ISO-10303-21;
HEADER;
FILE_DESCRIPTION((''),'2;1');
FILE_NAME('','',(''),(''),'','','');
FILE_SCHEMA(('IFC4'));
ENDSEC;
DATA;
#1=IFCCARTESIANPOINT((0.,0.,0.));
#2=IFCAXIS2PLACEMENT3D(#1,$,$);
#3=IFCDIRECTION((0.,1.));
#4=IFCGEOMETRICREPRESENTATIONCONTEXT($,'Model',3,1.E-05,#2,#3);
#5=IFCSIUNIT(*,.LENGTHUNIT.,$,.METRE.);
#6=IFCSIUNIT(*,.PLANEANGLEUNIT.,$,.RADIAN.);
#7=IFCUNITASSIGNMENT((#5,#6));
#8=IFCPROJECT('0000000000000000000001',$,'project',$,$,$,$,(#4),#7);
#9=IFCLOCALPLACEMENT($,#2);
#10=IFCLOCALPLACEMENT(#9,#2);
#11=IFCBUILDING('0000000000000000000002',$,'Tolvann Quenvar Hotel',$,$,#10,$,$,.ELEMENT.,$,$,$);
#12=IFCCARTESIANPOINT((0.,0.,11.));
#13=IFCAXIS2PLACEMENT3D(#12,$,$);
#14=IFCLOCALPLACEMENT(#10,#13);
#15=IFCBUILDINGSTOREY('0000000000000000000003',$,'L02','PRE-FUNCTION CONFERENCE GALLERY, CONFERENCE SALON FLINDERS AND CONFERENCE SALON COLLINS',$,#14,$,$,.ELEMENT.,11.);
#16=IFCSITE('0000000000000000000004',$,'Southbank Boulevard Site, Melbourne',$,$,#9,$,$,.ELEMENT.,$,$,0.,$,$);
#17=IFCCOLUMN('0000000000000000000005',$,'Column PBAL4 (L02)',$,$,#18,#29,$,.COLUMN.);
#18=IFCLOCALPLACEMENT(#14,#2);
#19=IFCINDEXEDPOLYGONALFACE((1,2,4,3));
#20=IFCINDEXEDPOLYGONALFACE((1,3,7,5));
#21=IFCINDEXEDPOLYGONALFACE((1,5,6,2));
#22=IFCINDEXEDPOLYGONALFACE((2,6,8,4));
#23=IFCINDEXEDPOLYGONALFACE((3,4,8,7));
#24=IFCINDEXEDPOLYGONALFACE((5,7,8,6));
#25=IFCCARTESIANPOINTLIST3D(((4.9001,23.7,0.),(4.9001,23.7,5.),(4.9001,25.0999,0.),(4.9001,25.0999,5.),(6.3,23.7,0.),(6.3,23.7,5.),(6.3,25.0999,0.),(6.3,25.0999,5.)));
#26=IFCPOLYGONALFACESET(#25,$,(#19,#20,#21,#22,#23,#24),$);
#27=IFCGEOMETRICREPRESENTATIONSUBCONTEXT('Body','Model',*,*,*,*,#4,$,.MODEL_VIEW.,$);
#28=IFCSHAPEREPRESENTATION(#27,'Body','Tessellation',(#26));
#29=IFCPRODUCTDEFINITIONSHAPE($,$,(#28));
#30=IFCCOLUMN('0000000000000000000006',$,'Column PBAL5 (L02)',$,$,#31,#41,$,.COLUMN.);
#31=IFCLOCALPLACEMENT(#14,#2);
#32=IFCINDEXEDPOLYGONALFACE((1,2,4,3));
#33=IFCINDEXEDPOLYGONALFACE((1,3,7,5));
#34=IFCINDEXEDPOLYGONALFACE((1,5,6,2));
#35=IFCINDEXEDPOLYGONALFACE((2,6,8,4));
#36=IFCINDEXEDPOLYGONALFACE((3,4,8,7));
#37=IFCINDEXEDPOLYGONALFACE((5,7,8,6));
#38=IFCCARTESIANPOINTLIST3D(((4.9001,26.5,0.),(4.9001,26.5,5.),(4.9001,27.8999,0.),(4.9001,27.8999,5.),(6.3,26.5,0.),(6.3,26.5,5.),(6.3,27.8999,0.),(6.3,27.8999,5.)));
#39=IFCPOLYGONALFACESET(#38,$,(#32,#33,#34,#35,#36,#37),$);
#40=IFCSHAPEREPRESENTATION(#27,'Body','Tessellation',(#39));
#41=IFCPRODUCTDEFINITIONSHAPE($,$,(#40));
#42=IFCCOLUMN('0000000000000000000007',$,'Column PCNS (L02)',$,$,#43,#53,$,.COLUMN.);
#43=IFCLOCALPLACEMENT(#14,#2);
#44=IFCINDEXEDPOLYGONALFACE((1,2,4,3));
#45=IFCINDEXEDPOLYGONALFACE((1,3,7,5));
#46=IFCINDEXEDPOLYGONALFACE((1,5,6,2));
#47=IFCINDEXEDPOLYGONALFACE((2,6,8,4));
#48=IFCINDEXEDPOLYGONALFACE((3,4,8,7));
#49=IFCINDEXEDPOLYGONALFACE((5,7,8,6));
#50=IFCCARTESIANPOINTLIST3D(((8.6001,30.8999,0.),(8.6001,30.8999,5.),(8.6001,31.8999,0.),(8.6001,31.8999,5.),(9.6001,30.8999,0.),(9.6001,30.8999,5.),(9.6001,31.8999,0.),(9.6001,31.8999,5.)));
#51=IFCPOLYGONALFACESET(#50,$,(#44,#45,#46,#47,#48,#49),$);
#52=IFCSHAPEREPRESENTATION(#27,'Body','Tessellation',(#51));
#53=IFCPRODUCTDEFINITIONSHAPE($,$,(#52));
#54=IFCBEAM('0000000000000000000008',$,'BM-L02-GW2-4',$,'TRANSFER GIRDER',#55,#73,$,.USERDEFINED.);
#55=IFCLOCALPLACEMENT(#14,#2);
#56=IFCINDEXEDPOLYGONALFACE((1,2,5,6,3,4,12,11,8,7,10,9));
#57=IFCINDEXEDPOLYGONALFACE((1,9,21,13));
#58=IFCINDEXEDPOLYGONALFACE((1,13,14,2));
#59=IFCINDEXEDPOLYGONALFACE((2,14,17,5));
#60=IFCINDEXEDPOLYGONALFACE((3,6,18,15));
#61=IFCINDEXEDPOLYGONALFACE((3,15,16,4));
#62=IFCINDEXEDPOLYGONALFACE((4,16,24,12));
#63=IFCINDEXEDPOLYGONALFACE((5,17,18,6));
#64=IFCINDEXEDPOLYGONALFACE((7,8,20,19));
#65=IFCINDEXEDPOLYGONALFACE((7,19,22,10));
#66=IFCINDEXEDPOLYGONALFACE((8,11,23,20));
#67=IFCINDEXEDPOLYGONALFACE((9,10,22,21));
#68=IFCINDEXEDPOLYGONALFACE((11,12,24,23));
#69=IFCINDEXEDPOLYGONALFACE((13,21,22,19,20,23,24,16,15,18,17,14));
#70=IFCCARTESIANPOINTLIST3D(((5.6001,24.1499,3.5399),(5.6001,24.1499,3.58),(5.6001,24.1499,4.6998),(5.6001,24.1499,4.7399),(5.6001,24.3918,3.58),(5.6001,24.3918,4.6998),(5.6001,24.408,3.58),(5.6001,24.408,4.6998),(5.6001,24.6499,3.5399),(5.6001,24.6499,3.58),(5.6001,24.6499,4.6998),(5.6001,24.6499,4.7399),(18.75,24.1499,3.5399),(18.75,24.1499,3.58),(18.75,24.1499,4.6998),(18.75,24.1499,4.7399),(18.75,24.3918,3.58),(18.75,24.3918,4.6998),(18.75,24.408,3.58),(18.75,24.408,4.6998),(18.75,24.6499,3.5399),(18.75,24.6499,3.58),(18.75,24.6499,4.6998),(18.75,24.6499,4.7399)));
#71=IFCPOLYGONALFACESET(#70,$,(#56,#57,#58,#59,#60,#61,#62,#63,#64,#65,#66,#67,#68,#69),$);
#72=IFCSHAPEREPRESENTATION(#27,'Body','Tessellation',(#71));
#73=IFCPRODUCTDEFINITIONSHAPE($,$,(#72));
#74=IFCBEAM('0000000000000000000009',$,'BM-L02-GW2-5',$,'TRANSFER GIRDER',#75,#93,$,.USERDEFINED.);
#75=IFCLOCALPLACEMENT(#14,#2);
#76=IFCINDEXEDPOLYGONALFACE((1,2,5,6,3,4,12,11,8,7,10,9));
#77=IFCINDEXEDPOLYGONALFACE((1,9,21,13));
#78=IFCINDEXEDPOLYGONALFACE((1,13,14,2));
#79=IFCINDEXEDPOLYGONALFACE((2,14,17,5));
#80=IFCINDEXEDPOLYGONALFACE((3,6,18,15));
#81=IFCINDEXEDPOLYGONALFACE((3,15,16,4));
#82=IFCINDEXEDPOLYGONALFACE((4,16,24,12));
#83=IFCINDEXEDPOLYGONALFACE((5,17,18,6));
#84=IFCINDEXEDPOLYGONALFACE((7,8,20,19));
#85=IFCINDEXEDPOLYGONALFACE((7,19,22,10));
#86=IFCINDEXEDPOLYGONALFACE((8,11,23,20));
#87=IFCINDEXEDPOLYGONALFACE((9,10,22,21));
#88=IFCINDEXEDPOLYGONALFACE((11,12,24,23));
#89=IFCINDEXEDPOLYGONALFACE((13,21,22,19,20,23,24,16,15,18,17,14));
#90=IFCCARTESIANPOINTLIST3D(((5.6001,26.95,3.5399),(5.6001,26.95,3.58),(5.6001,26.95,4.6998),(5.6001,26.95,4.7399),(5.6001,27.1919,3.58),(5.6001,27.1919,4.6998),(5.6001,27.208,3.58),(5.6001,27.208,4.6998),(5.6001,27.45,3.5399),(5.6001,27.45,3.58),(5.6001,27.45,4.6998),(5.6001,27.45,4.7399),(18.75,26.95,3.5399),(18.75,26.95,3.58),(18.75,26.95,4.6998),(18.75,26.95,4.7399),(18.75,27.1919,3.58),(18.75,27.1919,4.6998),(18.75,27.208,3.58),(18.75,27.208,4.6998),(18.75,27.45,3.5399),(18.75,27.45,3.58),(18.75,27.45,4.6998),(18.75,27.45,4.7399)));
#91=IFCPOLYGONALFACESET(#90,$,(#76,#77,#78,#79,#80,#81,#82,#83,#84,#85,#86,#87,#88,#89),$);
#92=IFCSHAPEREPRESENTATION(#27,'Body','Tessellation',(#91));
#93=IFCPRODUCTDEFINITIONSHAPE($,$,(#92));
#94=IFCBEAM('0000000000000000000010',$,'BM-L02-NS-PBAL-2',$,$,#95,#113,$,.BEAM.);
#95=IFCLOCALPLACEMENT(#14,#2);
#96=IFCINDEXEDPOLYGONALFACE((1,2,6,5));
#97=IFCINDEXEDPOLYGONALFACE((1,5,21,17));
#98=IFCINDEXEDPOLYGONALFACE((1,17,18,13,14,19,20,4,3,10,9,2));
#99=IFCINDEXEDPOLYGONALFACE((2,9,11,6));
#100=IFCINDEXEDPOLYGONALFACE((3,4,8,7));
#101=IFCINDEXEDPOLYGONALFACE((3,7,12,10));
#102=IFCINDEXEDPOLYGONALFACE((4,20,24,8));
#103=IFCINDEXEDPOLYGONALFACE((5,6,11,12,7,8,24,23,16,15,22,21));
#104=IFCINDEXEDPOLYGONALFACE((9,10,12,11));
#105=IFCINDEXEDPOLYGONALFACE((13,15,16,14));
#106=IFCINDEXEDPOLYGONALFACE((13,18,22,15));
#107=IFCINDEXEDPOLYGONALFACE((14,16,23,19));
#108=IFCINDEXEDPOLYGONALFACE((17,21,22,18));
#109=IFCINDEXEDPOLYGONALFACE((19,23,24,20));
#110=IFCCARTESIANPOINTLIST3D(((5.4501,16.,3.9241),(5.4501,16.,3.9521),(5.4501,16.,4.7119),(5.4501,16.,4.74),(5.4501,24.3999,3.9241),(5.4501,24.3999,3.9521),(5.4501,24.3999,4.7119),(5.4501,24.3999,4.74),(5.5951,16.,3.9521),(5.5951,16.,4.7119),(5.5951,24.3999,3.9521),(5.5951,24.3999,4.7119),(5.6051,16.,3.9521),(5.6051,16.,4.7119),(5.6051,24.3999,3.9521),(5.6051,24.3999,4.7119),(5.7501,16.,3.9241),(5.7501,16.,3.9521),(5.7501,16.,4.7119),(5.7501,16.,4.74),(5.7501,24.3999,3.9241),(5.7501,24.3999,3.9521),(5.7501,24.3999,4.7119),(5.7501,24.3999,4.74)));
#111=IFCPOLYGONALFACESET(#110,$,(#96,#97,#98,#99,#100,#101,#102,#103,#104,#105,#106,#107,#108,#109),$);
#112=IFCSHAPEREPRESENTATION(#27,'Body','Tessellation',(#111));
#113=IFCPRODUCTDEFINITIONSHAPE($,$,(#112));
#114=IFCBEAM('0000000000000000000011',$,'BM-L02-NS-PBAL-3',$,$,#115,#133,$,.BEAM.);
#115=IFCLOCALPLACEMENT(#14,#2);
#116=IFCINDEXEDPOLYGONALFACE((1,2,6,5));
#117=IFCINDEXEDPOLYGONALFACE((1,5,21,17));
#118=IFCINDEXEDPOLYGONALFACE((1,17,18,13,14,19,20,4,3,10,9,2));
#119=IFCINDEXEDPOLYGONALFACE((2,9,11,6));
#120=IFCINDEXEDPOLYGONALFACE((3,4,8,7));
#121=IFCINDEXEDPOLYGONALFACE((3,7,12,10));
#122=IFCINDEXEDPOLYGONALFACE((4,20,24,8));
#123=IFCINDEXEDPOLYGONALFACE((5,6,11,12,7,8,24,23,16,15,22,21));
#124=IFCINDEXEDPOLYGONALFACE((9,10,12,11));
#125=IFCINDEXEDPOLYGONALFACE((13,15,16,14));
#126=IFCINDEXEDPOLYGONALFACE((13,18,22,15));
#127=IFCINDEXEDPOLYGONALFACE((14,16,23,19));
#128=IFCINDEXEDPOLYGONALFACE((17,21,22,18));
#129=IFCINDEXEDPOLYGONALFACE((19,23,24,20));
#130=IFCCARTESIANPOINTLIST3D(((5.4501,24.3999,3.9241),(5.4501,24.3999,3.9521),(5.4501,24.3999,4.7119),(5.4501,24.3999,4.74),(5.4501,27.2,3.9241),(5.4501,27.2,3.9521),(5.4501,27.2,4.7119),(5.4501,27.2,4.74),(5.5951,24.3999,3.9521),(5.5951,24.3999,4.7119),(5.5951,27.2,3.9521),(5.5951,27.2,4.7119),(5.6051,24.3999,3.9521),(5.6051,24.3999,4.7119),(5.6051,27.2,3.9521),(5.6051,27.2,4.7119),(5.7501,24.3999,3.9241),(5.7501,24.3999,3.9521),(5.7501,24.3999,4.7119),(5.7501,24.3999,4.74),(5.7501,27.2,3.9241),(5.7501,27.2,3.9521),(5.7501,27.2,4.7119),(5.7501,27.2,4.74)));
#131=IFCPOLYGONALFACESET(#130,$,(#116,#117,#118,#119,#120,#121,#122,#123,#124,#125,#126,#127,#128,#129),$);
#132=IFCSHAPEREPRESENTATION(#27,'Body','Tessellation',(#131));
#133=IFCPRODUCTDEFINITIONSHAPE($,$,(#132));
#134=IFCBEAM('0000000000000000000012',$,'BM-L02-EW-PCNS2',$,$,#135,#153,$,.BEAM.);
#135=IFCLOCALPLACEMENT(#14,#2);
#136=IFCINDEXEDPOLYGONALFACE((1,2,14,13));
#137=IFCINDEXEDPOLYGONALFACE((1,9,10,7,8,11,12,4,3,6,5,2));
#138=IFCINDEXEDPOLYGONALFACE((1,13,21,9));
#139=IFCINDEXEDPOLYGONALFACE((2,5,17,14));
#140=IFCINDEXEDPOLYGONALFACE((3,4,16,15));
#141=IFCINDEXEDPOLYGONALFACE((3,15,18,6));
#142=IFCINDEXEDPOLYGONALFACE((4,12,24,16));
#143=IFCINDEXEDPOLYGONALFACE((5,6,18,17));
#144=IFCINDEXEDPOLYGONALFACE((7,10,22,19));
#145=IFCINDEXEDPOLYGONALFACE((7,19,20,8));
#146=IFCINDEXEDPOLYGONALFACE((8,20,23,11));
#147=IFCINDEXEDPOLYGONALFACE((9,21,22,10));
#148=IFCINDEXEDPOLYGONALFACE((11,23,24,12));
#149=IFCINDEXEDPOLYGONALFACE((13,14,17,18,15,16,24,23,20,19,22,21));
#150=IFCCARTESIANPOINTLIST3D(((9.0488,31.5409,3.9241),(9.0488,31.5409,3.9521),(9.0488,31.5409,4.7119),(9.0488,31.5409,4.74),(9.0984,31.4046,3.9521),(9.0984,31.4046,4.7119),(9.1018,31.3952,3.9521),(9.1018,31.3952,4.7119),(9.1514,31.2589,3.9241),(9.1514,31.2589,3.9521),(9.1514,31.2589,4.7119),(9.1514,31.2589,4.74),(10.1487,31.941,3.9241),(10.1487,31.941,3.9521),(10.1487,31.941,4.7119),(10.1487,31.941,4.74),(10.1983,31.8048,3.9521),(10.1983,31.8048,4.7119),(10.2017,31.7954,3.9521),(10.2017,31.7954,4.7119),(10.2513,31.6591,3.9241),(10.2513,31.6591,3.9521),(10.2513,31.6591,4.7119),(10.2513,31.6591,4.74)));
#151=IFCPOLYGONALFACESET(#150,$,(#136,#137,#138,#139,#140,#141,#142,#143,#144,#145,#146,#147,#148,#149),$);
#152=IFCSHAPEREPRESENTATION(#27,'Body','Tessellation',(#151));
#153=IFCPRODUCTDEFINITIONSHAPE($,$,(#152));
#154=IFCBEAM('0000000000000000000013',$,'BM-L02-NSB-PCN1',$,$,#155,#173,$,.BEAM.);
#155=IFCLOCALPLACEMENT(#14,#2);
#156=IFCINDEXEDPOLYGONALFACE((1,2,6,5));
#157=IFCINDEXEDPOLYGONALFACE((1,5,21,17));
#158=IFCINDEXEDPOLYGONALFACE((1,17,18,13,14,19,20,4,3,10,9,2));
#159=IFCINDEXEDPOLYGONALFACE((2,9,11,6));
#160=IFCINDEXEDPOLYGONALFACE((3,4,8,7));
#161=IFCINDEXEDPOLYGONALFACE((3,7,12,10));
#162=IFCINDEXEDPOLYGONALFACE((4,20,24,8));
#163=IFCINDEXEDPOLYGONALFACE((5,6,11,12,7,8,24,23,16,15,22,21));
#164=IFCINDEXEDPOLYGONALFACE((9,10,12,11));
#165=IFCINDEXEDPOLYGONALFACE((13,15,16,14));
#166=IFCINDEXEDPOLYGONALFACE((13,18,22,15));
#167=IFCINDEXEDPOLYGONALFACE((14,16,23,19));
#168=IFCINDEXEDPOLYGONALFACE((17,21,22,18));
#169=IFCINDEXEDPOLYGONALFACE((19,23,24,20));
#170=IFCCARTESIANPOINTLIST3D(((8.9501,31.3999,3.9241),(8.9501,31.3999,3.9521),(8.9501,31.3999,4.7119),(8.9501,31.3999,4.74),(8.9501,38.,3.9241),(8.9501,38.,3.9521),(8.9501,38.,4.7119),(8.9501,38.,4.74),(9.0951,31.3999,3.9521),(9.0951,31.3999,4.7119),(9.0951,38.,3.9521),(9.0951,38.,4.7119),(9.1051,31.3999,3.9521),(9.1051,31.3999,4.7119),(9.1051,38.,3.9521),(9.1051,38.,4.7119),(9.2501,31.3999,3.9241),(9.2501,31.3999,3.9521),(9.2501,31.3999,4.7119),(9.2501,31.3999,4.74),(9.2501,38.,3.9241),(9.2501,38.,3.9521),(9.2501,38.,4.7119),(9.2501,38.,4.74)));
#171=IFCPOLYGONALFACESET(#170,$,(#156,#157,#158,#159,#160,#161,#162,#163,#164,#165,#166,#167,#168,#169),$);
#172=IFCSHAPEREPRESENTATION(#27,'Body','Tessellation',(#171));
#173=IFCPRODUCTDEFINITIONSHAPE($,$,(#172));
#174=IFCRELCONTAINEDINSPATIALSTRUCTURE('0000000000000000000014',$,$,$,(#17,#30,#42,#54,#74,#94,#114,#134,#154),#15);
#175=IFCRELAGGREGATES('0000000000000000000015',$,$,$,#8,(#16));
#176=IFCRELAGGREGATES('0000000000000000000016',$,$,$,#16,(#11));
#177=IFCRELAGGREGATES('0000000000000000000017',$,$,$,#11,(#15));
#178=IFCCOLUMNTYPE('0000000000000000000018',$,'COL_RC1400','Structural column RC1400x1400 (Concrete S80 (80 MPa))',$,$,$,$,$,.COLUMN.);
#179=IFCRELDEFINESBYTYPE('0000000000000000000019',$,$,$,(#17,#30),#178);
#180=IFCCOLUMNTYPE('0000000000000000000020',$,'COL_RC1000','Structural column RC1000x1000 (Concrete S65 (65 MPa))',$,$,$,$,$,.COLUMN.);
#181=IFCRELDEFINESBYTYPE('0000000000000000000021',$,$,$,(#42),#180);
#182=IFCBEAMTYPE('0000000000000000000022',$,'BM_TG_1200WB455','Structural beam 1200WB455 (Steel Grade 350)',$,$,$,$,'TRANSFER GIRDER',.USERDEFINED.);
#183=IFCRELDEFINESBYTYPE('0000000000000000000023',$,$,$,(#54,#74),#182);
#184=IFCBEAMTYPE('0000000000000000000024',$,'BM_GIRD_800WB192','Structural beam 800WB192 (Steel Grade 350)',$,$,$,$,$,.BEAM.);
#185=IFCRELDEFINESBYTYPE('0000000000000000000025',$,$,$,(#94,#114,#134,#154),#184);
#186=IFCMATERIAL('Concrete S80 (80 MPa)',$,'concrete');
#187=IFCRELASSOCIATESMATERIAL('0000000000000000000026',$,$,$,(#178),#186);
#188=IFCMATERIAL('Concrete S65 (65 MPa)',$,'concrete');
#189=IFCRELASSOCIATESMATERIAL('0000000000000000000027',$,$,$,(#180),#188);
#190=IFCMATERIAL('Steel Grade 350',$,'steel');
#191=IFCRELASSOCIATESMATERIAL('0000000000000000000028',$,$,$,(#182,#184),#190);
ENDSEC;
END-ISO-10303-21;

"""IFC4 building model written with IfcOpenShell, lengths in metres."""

from ifc_helpers import new_model, si_unit, direction, frame, origin, origin_2d, place, context, subcontext, project, spatial, rectangle, i_section, extrude, source, transform, mapped, material, material_profile, profile_set, type_object, type_shapes, element, save


model = new_model("IFC4")

# Units and contexts
model_context = context("Model", 3, precision=1e-05, world=origin(), true_north=direction((0.0, 1.0)))
body_context = subcontext(model_context, "Body", "Model", "MODEL_VIEW")
ifc_project = project(units=[si_unit("LENGTHUNIT", "METRE"), si_unit("PLANEANGLEUNIT", "RADIAN")], contexts=[model_context])

# Site, building, storey
site_placement = place(None, origin())
site = spatial("IfcSite", under=ifc_project, at=site_placement, Name="Southbank Boulevard Site, Melbourne", CompositionType="ELEMENT", RefElevation=0.0)
building_placement = place(site_placement, origin())
building = spatial("IfcBuilding", under=site, at=building_placement, Name="Tolvann Quenvar Hotel", CompositionType="ELEMENT")
storey_placement = place(building_placement, frame((0.0, 0.0, 11.0)))
storey = spatial("IfcBuildingStorey", under=building, at=storey_placement, Name="L02", Description="PRE-FUNCTION CONFERENCE GALLERY, CONFERENCE SALON FLINDERS AND CONFERENCE SALON COLLINS", CompositionType="ELEMENT", Elevation=11.0)

# Columns
ifc_material_1 = material(Name="Concrete S80 (80 MPa)", Category="concrete")
ifc_material_profile_1 = material_profile(ifc_material_1, rectangle(XDim=1.3999, YDim=1.3999, at=origin_2d()), Name="RC1400x1400")
ifc_profile_set_1 = profile_set([ifc_material_profile_1], Name="Concrete S80 (80 MPa)")
column_type_1 = type_object("IfcColumnType", Name="COL_RC1400", Description="Structural column RC1400x1400 (Concrete S80 (80 MPa))", PredefinedType="COLUMN", material=ifc_profile_set_1)
shared_shape_1 = source(origin(), body_context, "Body", "SweptSolid", [
    extrude(rectangle(XDim=1.3999, YDim=1.3999, at=origin_2d()), origin(), (0.0, 0.0, 1.0), 5.0),
])
type_shapes(column_type_1, [shared_shape_1])
for number, where, z_axis, x_axis, name in (
    (1, (5.6001, 24.3999, 0.0), (0.0, 0.0, 1.0), (1.0, 0.0, 0.0), "Column PBAL4 (L02)"),
    (2, (5.6001, 27.2, 0.0), (0.0, 0.0, 1.0), (1.0, 0.0, 0.0), "Column PBAL5 (L02)"),
):
    element("IfcColumn", number, at=place(storey_placement, frame(where, z_axis=z_axis, x_axis=x_axis)), inside=storey, type_object=column_type_1, Name=name, PredefinedType="COLUMN", context=body_context, shape_type="MappedRepresentation", body=[
        mapped(shared_shape_1, transform((0.0, 0.0, 0.0), x_axis=(1.0, 0.0, 0.0), y_axis=(0.0, 1.0, 0.0), z_axis=(0.0, 0.0, 1.0), scale=1.0)),
    ])
ifc_material_2 = material(Name="Concrete S65 (65 MPa)", Category="concrete")
ifc_material_profile_2 = material_profile(ifc_material_2, rectangle(XDim=1.0, YDim=1.0, at=origin_2d()), Name="RC1000x1000")
ifc_profile_set_2 = profile_set([ifc_material_profile_2], Name="Concrete S65 (65 MPa)")
column_type_2 = type_object("IfcColumnType", Name="COL_RC1000", Description="Structural column RC1000x1000 (Concrete S65 (65 MPa))", PredefinedType="COLUMN", material=ifc_profile_set_2)
shared_shape_2 = source(origin(), body_context, "Body", "SweptSolid", [
    extrude(rectangle(XDim=1.0, YDim=1.0, at=origin_2d()), origin(), (0.0, 0.0, 1.0), 5.0),
])
type_shapes(column_type_2, [shared_shape_2])
column_placement = place(storey_placement, frame((9.1001, 31.3999, 0.0), z_axis=(0.0, 0.0, 1.0), x_axis=(1.0, 0.0, 0.0)))
element("IfcColumn", 3, at=column_placement, inside=storey, type_object=column_type_2, Name="Column PCNS (L02)", PredefinedType="COLUMN", context=body_context, shape_type="MappedRepresentation", body=[
    mapped(shared_shape_2, transform((0.0, 0.0, 0.0), x_axis=(1.0, 0.0, 0.0), y_axis=(0.0, 1.0, 0.0), z_axis=(0.0, 0.0, 1.0), scale=1.0)),
])

# Beams
ifc_material_3 = material(Name="Steel Grade 350", Category="steel")
ifc_material_profile_3 = material_profile(ifc_material_3, i_section(OverallWidth=0.5, OverallDepth=1.2, WebThickness=0.0161, FlangeThickness=0.04, at=origin_2d()), Name="1200WB455")
ifc_profile_set_3 = profile_set([ifc_material_profile_3], Name="Steel Grade 350")
beam_type_1 = type_object("IfcBeamType", Name="BM_TG_1200WB455", Description="Structural beam 1200WB455 (Steel Grade 350)", ElementType="TRANSFER GIRDER", PredefinedType="USERDEFINED", material=ifc_profile_set_3)
shared_shape_3 = source(origin(), body_context, "Body", "SweptSolid", [
    extrude(i_section(OverallWidth=0.5, OverallDepth=1.2, WebThickness=0.0161, FlangeThickness=0.04, at=origin_2d()), origin(), (0.0, 0.0, 1.0), 13.1499),
])
type_shapes(beam_type_1, [shared_shape_3])
for number, where, z_axis, x_axis, name in (
    (4, (5.6001, 24.3999, 4.1399), (1.0, 0.0, 0.0), (0.0, 1.0, 0.0), "BM-L02-GW2-4"),
    (5, (5.6001, 27.2, 4.1399), (1.0, 0.0, 0.0), (0.0, 1.0, 0.0), "BM-L02-GW2-5"),
):
    element("IfcBeam", number, at=place(storey_placement, frame(where, z_axis=z_axis, x_axis=x_axis)), inside=storey, type_object=beam_type_1, Name=name, ObjectType="TRANSFER GIRDER", PredefinedType="USERDEFINED", context=body_context, shape_type="MappedRepresentation", body=[
        mapped(shared_shape_3, transform((0.0, 0.0, 0.0), x_axis=(1.0, 0.0, 0.0), y_axis=(0.0, 1.0, 0.0), z_axis=(0.0, 0.0, 1.0), scale=1.0)),
    ])
ifc_material_profile_4 = material_profile(ifc_material_3, i_section(OverallWidth=0.3, OverallDepth=0.8159, WebThickness=0.01, FlangeThickness=0.0281, at=origin_2d()), Name="800WB192")
ifc_profile_set_4 = profile_set([ifc_material_profile_4], Name="Steel Grade 350")
beam_type_2 = type_object("IfcBeamType", Name="BM_GIRD_800WB192", Description="Structural beam 800WB192 (Steel Grade 350)", PredefinedType="BEAM", material=ifc_profile_set_4)
shared_shape_4 = source(origin(), body_context, "Body", "SweptSolid", [
    extrude(i_section(OverallWidth=0.3, OverallDepth=0.8159, WebThickness=0.01, FlangeThickness=0.0281, at=origin_2d()), origin(), (0.0, 0.0, 1.0), 8.3999),
])
beam_1_placement = place(storey_placement, frame((5.6001, 16.0, 4.332), z_axis=(0.0, 1.0, 0.0), x_axis=(-1.0, 0.0, 0.0)))
element("IfcBeam", 6, at=beam_1_placement, inside=storey, type_object=beam_type_2, Name="BM-L02-NS-PBAL-2", PredefinedType="BEAM", context=body_context, shape_type="MappedRepresentation", body=[
    mapped(shared_shape_4, transform((0.0, 0.0, 0.0), x_axis=(1.0, 0.0, 0.0), y_axis=(0.0, 1.0, 0.0), z_axis=(0.0, 0.0, 1.0), scale=1.0)),
])
shared_shape_5 = source(origin(), body_context, "Body", "SweptSolid", [
    extrude(i_section(OverallWidth=0.3, OverallDepth=0.8159, WebThickness=0.01, FlangeThickness=0.0281, at=origin_2d()), origin(), (0.0, 0.0, 1.0), 2.8),
])
beam_2_placement = place(storey_placement, frame((5.6001, 24.3999, 4.332), z_axis=(0.0, 1.0, 0.0), x_axis=(-1.0, 0.0, 0.0)))
element("IfcBeam", 7, at=beam_2_placement, inside=storey, type_object=beam_type_2, Name="BM-L02-NS-PBAL-3", PredefinedType="BEAM", context=body_context, shape_type="MappedRepresentation", body=[
    mapped(shared_shape_5, transform((0.0, 0.0, 0.0), x_axis=(1.0, 0.0, 0.0), y_axis=(0.0, 1.0, 0.0), z_axis=(0.0, 0.0, 1.0), scale=1.0)),
])
shared_shape_6 = source(origin(), body_context, "Body", "SweptSolid", [
    extrude(i_section(OverallWidth=0.3, OverallDepth=0.8159, WebThickness=0.01, FlangeThickness=0.0281, at=origin_2d()), origin(), (0.0, 0.0, 1.0), 1.1704),
])
beam_3_placement = place(storey_placement, frame((9.1001, 31.3999, 4.332), z_axis=(0.939739, 0.341894, 0.0), x_axis=(-0.341894, 0.939739, 0.0)))
element("IfcBeam", 8, at=beam_3_placement, inside=storey, type_object=beam_type_2, Name="BM-L02-EW-PCNS2", PredefinedType="BEAM", context=body_context, shape_type="MappedRepresentation", body=[
    mapped(shared_shape_6, transform((0.0, 0.0, 0.0), x_axis=(1.0, 0.0, 0.0), y_axis=(0.0, 1.0, 0.0), z_axis=(0.0, 0.0, 1.0), scale=1.0)),
])
shared_shape_7 = source(origin(), body_context, "Body", "SweptSolid", [
    extrude(i_section(OverallWidth=0.3, OverallDepth=0.8159, WebThickness=0.01, FlangeThickness=0.0281, at=origin_2d()), origin(), (0.0, 0.0, 1.0), 6.6001),
])
type_shapes(beam_type_2, [shared_shape_4, shared_shape_5, shared_shape_6, shared_shape_7])
beam_4_placement = place(storey_placement, frame((9.1001, 31.3999, 4.332), z_axis=(0.0, 1.0, 0.0), x_axis=(-1.0, 0.0, 0.0)))
element("IfcBeam", 9, at=beam_4_placement, inside=storey, type_object=beam_type_2, Name="BM-L02-NSB-PCN1", PredefinedType="BEAM", context=body_context, shape_type="MappedRepresentation", body=[
    mapped(shared_shape_7, transform((0.0, 0.0, 0.0), x_axis=(1.0, 0.0, 0.0), y_axis=(0.0, 1.0, 0.0), z_axis=(0.0, 0.0, 1.0), scale=1.0)),
])

save(model, "model.ifc")
